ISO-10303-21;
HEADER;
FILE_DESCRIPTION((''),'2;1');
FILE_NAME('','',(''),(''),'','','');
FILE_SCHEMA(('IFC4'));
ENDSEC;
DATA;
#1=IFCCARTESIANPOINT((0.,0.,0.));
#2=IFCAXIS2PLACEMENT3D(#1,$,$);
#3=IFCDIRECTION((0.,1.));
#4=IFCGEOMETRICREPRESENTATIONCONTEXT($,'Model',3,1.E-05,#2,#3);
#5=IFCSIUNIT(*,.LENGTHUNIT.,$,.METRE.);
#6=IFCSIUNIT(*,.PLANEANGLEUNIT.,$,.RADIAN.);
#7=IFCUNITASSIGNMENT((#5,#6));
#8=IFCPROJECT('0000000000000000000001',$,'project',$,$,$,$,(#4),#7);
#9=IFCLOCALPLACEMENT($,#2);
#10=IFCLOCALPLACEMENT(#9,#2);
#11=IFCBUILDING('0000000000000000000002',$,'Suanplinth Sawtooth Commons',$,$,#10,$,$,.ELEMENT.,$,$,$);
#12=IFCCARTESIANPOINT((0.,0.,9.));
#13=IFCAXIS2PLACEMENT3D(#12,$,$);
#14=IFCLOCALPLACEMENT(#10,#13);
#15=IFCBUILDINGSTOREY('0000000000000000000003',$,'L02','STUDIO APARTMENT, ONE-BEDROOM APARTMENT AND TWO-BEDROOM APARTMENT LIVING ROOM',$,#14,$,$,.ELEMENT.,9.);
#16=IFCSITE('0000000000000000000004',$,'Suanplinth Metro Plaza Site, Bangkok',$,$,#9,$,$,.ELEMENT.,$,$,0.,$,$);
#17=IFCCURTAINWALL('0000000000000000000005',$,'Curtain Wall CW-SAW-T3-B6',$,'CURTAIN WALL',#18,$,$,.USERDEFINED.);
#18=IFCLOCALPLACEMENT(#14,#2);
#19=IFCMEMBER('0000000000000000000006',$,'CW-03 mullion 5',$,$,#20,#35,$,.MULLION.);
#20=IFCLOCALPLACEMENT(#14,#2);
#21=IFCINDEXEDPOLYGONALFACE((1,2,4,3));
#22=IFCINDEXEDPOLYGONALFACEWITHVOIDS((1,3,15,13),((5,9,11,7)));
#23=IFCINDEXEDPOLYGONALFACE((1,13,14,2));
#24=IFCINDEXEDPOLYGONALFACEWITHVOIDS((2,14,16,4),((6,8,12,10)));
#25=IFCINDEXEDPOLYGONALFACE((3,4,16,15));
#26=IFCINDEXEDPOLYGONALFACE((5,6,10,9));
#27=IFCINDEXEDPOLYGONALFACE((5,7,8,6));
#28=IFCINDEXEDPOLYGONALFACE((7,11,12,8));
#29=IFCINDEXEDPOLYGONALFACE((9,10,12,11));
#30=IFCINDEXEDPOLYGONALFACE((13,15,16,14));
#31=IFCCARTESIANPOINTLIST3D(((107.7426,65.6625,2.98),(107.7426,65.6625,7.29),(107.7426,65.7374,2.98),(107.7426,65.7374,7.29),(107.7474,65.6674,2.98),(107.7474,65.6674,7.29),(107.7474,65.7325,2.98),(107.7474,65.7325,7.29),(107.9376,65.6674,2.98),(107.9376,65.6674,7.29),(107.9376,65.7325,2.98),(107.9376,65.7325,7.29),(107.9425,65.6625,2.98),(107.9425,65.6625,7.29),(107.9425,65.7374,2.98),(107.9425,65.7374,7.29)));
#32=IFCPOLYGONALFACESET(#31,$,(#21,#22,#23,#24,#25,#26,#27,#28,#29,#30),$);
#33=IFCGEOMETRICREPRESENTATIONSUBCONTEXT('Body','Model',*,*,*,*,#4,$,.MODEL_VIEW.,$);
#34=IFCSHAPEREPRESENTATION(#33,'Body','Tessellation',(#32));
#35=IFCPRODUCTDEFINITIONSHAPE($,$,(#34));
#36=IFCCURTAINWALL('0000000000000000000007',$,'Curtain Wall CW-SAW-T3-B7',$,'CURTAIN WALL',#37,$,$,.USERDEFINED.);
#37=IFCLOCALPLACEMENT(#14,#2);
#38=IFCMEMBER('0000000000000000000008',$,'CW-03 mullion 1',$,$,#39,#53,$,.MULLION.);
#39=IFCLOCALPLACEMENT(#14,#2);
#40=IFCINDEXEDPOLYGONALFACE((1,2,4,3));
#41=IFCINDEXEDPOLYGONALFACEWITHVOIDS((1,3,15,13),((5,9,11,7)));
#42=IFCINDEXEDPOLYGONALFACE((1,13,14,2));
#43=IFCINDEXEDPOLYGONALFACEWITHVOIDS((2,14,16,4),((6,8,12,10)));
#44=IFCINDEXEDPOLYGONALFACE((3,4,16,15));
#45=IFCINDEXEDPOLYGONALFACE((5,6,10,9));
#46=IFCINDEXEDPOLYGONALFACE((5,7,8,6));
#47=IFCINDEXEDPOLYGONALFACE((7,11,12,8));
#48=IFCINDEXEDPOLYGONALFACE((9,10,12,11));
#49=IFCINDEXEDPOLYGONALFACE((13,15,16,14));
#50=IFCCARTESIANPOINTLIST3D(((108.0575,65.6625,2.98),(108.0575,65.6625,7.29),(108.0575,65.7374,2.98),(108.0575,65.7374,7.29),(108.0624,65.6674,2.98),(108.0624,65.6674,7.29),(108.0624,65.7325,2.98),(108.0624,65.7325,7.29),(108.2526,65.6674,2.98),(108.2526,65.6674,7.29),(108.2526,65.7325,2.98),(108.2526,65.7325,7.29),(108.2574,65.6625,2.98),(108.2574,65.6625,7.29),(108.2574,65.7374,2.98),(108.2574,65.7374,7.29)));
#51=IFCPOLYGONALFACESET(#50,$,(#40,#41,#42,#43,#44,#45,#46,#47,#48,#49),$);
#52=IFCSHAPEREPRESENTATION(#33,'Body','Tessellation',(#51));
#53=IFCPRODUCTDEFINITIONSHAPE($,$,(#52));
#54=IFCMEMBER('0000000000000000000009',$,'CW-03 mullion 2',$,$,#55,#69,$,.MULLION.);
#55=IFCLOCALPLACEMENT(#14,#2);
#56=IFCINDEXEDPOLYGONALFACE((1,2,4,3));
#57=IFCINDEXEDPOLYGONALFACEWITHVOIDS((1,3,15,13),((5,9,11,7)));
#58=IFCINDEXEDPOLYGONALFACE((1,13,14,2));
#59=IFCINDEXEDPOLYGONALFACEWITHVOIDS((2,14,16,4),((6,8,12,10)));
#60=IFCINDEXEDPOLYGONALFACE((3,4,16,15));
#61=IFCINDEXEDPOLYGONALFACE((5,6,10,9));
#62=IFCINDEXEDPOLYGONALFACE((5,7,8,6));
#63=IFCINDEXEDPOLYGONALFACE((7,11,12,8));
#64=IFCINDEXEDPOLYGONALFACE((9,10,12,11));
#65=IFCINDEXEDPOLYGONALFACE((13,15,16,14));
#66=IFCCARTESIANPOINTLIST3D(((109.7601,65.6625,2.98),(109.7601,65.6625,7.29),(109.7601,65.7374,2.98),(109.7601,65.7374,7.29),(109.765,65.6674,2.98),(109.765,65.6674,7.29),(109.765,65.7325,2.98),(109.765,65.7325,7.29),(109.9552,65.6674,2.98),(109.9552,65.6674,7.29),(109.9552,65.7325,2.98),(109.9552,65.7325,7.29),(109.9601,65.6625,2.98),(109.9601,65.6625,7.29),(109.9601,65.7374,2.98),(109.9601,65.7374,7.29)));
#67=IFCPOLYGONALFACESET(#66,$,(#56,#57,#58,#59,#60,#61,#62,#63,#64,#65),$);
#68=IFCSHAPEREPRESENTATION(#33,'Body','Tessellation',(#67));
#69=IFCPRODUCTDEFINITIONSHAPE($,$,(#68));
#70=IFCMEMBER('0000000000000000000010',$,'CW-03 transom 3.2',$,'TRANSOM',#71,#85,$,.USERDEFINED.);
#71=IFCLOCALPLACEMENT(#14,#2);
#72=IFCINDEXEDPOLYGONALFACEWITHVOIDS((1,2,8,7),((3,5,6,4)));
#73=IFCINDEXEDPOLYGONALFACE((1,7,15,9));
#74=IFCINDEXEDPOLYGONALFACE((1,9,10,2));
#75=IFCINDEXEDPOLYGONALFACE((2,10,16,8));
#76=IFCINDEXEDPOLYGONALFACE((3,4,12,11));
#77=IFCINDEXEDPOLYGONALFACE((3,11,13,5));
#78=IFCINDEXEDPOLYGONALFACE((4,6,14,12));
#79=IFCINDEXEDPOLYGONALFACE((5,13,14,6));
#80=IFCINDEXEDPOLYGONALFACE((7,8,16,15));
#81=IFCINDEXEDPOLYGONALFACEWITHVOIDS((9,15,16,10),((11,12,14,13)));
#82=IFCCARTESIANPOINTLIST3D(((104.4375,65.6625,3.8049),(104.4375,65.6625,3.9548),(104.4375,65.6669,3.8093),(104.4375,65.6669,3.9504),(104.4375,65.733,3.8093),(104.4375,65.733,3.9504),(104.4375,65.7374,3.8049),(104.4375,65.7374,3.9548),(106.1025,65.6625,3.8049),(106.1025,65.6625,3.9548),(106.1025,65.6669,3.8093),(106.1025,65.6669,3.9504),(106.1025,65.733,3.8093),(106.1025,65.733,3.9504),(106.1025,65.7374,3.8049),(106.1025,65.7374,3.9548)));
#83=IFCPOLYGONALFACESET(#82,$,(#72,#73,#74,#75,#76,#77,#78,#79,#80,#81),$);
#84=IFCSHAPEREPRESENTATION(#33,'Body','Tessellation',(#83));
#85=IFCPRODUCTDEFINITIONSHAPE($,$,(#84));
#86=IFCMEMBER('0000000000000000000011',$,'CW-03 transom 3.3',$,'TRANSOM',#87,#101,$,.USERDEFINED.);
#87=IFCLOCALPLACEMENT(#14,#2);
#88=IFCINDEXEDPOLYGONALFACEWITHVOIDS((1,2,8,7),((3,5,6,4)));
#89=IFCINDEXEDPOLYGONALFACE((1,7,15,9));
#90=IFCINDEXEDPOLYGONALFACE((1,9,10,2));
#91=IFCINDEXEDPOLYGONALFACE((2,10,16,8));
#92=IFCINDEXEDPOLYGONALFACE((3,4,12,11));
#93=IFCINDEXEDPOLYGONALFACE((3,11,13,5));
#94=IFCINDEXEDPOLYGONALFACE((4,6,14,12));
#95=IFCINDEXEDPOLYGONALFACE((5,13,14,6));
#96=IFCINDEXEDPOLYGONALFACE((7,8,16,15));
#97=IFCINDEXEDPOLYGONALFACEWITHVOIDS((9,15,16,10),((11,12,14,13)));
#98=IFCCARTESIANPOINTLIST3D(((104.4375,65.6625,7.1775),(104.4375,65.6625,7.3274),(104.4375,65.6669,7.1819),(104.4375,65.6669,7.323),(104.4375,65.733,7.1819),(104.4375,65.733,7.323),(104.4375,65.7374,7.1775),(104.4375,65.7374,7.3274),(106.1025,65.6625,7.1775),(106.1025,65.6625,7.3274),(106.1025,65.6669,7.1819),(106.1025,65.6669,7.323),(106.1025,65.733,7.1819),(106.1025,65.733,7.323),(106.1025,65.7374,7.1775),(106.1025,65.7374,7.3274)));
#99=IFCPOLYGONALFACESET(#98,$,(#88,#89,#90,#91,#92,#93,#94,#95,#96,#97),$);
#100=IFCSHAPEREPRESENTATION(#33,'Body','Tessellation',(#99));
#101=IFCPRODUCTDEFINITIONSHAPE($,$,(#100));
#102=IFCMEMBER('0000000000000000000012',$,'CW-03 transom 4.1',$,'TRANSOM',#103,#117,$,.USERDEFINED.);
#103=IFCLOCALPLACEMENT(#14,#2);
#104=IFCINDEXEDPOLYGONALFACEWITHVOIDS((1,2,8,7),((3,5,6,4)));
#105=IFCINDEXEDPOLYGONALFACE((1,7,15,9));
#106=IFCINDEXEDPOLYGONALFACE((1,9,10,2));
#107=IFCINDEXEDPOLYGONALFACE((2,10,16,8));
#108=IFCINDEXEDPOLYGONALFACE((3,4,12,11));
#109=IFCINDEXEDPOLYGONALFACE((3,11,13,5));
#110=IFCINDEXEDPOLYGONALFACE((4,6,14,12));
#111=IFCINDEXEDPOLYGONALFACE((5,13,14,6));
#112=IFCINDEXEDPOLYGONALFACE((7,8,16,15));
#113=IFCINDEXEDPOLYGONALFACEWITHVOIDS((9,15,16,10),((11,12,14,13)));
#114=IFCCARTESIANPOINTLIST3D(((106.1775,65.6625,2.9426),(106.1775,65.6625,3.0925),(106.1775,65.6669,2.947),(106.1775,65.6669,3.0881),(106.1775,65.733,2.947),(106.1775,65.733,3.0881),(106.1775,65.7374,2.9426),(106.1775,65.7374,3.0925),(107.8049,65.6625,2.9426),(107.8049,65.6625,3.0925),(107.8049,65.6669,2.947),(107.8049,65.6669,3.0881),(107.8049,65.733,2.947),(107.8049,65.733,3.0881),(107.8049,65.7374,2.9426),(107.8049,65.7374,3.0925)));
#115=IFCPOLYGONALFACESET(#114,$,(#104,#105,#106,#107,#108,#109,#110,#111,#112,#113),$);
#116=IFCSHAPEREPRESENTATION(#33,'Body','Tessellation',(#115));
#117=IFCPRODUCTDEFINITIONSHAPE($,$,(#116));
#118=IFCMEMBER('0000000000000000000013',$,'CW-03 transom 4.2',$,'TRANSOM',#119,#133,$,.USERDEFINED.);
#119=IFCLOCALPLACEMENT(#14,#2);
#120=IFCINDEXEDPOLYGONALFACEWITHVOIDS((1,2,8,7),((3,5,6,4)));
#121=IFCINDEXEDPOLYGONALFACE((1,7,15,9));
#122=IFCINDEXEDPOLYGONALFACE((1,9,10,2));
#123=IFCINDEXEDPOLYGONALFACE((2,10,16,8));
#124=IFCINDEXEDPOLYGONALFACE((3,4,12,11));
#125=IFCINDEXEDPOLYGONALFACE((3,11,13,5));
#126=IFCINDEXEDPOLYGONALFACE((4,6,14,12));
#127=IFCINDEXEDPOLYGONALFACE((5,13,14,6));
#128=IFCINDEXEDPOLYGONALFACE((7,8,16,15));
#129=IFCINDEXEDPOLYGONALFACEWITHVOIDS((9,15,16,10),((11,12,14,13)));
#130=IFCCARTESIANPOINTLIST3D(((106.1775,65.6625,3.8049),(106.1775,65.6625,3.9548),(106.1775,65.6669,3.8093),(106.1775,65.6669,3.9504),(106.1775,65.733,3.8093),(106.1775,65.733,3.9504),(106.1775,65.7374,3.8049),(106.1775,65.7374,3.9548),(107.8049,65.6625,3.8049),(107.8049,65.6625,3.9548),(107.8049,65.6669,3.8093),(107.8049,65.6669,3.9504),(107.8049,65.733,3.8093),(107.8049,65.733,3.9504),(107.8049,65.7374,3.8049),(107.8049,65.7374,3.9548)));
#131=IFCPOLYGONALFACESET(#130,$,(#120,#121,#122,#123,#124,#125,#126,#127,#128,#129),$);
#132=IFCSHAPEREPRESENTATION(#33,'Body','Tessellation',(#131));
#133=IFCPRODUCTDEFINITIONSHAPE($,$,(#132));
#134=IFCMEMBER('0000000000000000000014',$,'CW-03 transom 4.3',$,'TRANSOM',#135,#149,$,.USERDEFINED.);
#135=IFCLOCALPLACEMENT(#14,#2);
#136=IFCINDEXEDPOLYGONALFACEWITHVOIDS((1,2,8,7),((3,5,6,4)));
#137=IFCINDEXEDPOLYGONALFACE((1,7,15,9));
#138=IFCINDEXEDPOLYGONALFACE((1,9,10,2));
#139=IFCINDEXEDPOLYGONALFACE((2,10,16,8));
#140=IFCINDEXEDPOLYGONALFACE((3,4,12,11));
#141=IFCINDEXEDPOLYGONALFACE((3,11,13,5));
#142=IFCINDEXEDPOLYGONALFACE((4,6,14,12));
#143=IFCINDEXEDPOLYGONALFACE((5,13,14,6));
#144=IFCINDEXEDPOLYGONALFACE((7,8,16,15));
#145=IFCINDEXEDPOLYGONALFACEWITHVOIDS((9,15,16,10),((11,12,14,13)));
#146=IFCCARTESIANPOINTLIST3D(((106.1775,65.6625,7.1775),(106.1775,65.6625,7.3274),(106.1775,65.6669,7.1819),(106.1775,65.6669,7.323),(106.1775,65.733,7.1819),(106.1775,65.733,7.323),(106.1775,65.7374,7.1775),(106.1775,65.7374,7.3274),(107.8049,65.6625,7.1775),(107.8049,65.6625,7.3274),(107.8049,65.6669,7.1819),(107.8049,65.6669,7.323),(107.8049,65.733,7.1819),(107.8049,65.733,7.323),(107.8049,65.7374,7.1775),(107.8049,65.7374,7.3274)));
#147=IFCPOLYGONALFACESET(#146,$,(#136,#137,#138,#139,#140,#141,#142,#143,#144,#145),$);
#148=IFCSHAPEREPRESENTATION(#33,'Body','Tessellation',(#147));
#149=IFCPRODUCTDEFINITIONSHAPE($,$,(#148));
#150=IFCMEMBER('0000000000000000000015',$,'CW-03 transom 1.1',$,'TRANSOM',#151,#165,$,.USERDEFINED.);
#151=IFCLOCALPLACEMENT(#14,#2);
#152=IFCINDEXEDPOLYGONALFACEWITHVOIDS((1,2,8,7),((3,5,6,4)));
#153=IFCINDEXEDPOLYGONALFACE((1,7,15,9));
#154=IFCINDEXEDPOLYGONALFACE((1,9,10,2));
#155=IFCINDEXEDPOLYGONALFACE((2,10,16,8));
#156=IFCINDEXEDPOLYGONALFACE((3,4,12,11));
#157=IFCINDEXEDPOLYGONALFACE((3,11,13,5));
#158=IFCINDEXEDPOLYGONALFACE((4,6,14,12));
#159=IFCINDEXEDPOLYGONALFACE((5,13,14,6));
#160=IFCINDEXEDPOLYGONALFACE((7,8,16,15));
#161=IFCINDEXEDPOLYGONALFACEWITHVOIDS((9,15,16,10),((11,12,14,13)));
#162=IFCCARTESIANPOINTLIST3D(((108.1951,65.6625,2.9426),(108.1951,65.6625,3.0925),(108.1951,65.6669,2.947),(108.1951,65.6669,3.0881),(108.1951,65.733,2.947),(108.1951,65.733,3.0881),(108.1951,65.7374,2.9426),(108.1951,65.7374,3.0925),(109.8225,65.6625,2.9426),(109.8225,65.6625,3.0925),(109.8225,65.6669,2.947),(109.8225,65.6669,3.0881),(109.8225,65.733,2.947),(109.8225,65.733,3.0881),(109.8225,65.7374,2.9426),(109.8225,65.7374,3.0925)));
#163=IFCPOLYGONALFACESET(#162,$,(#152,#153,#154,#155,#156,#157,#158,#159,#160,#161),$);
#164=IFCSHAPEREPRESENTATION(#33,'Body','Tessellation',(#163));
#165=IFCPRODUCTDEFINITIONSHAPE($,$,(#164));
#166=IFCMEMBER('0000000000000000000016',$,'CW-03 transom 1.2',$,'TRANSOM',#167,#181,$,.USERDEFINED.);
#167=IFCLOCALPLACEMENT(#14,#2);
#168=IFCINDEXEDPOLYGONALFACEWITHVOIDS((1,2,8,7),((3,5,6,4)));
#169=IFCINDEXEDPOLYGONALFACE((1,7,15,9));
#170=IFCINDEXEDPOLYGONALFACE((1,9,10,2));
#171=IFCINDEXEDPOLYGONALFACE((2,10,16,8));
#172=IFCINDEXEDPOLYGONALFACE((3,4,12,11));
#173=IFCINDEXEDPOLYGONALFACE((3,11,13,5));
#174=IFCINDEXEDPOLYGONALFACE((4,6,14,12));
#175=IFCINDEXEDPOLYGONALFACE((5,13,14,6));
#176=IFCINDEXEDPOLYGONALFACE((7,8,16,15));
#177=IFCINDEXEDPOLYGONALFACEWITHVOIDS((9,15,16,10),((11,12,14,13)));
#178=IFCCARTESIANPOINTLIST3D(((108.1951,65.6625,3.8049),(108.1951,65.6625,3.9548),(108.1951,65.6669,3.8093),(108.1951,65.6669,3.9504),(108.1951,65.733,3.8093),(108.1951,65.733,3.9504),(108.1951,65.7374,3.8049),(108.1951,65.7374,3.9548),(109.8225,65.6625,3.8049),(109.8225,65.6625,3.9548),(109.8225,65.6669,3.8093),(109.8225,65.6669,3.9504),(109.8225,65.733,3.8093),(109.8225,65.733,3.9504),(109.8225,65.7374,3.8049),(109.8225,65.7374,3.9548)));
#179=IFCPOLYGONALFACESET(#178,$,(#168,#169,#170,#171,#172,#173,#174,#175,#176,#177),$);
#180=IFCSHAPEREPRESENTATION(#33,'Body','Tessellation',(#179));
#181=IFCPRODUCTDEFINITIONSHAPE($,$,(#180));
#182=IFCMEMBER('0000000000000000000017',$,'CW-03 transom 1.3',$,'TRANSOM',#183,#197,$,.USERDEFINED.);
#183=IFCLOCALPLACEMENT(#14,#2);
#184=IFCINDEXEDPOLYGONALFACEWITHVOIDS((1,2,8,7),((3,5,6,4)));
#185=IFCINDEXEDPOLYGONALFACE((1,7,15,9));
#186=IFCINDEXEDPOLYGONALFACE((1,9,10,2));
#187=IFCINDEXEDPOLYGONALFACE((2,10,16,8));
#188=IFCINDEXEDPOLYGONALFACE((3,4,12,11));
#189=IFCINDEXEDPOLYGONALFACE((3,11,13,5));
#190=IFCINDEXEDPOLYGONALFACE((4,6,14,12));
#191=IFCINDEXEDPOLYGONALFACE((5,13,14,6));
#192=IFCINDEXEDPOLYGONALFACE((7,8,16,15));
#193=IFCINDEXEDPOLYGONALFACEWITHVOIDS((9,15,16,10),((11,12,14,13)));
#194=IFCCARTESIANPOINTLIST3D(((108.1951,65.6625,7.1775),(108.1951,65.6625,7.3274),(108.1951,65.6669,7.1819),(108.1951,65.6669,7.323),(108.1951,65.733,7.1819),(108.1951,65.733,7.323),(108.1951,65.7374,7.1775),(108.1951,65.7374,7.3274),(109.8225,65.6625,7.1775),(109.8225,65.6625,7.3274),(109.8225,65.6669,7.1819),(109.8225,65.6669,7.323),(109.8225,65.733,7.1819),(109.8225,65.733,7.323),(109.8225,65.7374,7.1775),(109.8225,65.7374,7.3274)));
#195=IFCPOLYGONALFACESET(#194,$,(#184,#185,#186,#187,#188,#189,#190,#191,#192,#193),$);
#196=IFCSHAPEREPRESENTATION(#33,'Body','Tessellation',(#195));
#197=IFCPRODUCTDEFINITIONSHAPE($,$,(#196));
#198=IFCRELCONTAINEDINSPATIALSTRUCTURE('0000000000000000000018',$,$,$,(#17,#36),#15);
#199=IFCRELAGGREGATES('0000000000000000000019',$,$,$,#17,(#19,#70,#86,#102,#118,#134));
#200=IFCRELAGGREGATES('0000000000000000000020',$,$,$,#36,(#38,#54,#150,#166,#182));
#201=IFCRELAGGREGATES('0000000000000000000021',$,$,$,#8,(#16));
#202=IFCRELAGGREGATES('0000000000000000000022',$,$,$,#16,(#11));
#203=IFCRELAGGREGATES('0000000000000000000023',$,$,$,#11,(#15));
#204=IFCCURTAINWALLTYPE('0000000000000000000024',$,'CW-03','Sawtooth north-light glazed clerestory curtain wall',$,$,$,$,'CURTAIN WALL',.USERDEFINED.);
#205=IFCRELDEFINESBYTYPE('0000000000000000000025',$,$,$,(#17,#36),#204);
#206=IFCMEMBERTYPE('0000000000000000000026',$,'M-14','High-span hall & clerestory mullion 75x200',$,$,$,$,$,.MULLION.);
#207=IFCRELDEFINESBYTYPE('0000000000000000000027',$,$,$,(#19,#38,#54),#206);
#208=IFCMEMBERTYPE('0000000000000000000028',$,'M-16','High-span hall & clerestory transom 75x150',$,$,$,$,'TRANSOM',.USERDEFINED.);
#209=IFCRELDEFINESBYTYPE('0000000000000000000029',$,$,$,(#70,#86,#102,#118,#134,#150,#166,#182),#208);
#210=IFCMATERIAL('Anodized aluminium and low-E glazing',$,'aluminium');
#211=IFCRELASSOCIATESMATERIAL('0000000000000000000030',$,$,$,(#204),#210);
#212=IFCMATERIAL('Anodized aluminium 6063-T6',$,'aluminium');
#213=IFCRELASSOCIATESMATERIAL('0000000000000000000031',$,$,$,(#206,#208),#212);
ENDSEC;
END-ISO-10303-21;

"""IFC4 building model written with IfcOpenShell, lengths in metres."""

from ifc_helpers import new_model, si_unit, direction, frame, origin, origin_2d, place, context, subcontext, project, spatial, hollow_rectangle, extrude, material, material_profile, profile_set, type_object, element, aggregate, save


model = new_model("IFC4")

# Units and contexts
model_context = context("Model", 3, precision=1e-05, world=origin(), true_north=direction((0.0, 1.0)))
body_context = subcontext(model_context, "Body", "Model", "MODEL_VIEW")
ifc_project = project(units=[si_unit("LENGTHUNIT", "METRE"), si_unit("PLANEANGLEUNIT", "RADIAN")], contexts=[model_context])

# Site, building, storey
site_placement = place(None, origin())
site = spatial("IfcSite", under=ifc_project, at=site_placement, Name="Suanplinth Metro Plaza Site, Bangkok", CompositionType="ELEMENT", RefElevation=0.0)
building_placement = place(site_placement, origin())
building = spatial("IfcBuilding", under=site, at=building_placement, Name="Suanplinth Sawtooth Commons", CompositionType="ELEMENT")
storey_placement = place(building_placement, frame((0.0, 0.0, 9.0)))
storey = spatial("IfcBuildingStorey", under=building, at=storey_placement, Name="L02", Description="STUDIO APARTMENT, ONE-BEDROOM APARTMENT AND TWO-BEDROOM APARTMENT LIVING ROOM", CompositionType="ELEMENT", Elevation=9.0)

# Curtain walls, members
ifc_material_1 = material(Name="Anodized aluminium and low-E glazing", Category="aluminium")
curtain_wall_type = type_object("IfcCurtainWallType", Name="CW-03", Description="Sawtooth north-light glazed clerestory curtain wall", ElementType="CURTAIN WALL", PredefinedType="USERDEFINED", material=ifc_material_1)
curtain_wall_1_placement = place(storey_placement, origin())
curtain_wall_1 = element("IfcCurtainWall", 1, at=curtain_wall_1_placement, inside=storey, type_object=curtain_wall_type, Name="Curtain Wall CW-SAW-T3-B6", ObjectType="CURTAIN WALL", PredefinedType="USERDEFINED")
ifc_material_2 = material(Name="Anodized aluminium 6063-T6", Category="aluminium")
ifc_material_profile_1 = material_profile(ifc_material_2, hollow_rectangle(XDim=0.075, YDim=0.2, WallThickness=0.0049, at=origin_2d()), Name="ALU-MUL 75x200")
ifc_profile_set_1 = profile_set([ifc_material_profile_1], Name="Anodized aluminium 6063-T6")
member_type_1 = type_object("IfcMemberType", Name="M-14", Description="High-span hall & clerestory mullion 75x200", PredefinedType="MULLION", material=ifc_profile_set_1)
member_1_placement = place(storey_placement, frame((107.8425, 65.7, 2.98), z_axis=(0.0, 0.0, 1.0), x_axis=(0.0, 1.0, 0.0)))
member_1 = element("IfcMember", 2, at=member_1_placement, type_object=member_type_1, Name="CW-03 mullion 5", PredefinedType="MULLION", context=body_context, shape_type="SweptSolid", body=[
    extrude(hollow_rectangle(XDim=0.075, YDim=0.2, WallThickness=0.0049, at=origin_2d()), origin(), (0.0, 0.0, 1.0), 4.3101),
])
curtain_wall_2_placement = place(storey_placement, origin())
curtain_wall_2 = element("IfcCurtainWall", 3, at=curtain_wall_2_placement, inside=storey, type_object=curtain_wall_type, Name="Curtain Wall CW-SAW-T3-B7", ObjectType="CURTAIN WALL", PredefinedType="USERDEFINED")
member_2_placement = place(storey_placement, frame((108.1575, 65.7, 2.98), z_axis=(0.0, 0.0, 1.0), x_axis=(0.0, 1.0, 0.0)))
member_2 = element("IfcMember", 4, at=member_2_placement, type_object=member_type_1, Name="CW-03 mullion 1", PredefinedType="MULLION", context=body_context, shape_type="SweptSolid", body=[
    extrude(hollow_rectangle(XDim=0.075, YDim=0.2, WallThickness=0.0049, at=origin_2d()), origin(), (0.0, 0.0, 1.0), 4.3101),
])
member_3_placement = place(storey_placement, frame((109.8601, 65.7, 2.98), z_axis=(0.0, 0.0, 1.0), x_axis=(0.0, 1.0, 0.0)))
member_3 = element("IfcMember", 5, at=member_3_placement, type_object=member_type_1, Name="CW-03 mullion 2", PredefinedType="MULLION", context=body_context, shape_type="SweptSolid", body=[
    extrude(hollow_rectangle(XDim=0.075, YDim=0.2, WallThickness=0.0049, at=origin_2d()), origin(), (0.0, 0.0, 1.0), 4.3101),
])

# Members
ifc_material_profile_2 = material_profile(ifc_material_2, hollow_rectangle(XDim=0.075, YDim=0.1499, WallThickness=0.0044, at=origin_2d()), Name="ALU-TRN 75x150")
ifc_profile_set_2 = profile_set([ifc_material_profile_2], Name="Anodized aluminium 6063-T6")
member_type_2 = type_object("IfcMemberType", Name="M-16", Description="High-span hall & clerestory transom 75x150", ElementType="TRANSOM", PredefinedType="USERDEFINED", material=ifc_profile_set_2)
member_4_placement = place(storey_placement, frame((104.4375, 65.7, 3.8799), z_axis=(1.0, 0.0, 0.0), x_axis=(0.0, 1.0, 0.0)))
member_4 = element("IfcMember", 6, at=member_4_placement, type_object=member_type_2, Name="CW-03 transom 3.2", ObjectType="TRANSOM", PredefinedType="USERDEFINED", context=body_context, shape_type="SweptSolid", body=[
    extrude(hollow_rectangle(XDim=0.075, YDim=0.1499, WallThickness=0.0044, at=origin_2d()), origin(), (0.0, 0.0, 1.0), 1.665),
])
member_5_placement = place(storey_placement, frame((104.4375, 65.7, 7.2524), z_axis=(1.0, 0.0, 0.0), x_axis=(0.0, 1.0, 0.0)))
member_5 = element("IfcMember", 7, at=member_5_placement, type_object=member_type_2, Name="CW-03 transom 3.3", ObjectType="TRANSOM", PredefinedType="USERDEFINED", context=body_context, shape_type="SweptSolid", body=[
    extrude(hollow_rectangle(XDim=0.075, YDim=0.1499, WallThickness=0.0044, at=origin_2d()), origin(), (0.0, 0.0, 1.0), 1.665),
])
member_6_placement = place(storey_placement, frame((106.1775, 65.7, 3.0176), z_axis=(1.0, 0.0, 0.0), x_axis=(0.0, 1.0, 0.0)))
member_6 = element("IfcMember", 8, at=member_6_placement, type_object=member_type_2, Name="CW-03 transom 4.1", ObjectType="TRANSOM", PredefinedType="USERDEFINED", context=body_context, shape_type="SweptSolid", body=[
    extrude(hollow_rectangle(XDim=0.075, YDim=0.1499, WallThickness=0.0044, at=origin_2d()), origin(), (0.0, 0.0, 1.0), 1.6274),
])
member_7_placement = place(storey_placement, frame((106.1775, 65.7, 3.8799), z_axis=(1.0, 0.0, 0.0), x_axis=(0.0, 1.0, 0.0)))
member_7 = element("IfcMember", 9, at=member_7_placement, type_object=member_type_2, Name="CW-03 transom 4.2", ObjectType="TRANSOM", PredefinedType="USERDEFINED", context=body_context, shape_type="SweptSolid", body=[
    extrude(hollow_rectangle(XDim=0.075, YDim=0.1499, WallThickness=0.0044, at=origin_2d()), origin(), (0.0, 0.0, 1.0), 1.6274),
])
member_8_placement = place(storey_placement, frame((106.1775, 65.7, 7.2524), z_axis=(1.0, 0.0, 0.0), x_axis=(0.0, 1.0, 0.0)))
member_8 = element("IfcMember", 10, at=member_8_placement, type_object=member_type_2, Name="CW-03 transom 4.3", ObjectType="TRANSOM", PredefinedType="USERDEFINED", context=body_context, shape_type="SweptSolid", body=[
    extrude(hollow_rectangle(XDim=0.075, YDim=0.1499, WallThickness=0.0044, at=origin_2d()), origin(), (0.0, 0.0, 1.0), 1.6274),
])
member_9_placement = place(storey_placement, frame((108.1951, 65.7, 3.0176), z_axis=(1.0, 0.0, 0.0), x_axis=(0.0, 1.0, 0.0)))
member_9 = element("IfcMember", 11, at=member_9_placement, type_object=member_type_2, Name="CW-03 transom 1.1", ObjectType="TRANSOM", PredefinedType="USERDEFINED", context=body_context, shape_type="SweptSolid", body=[
    extrude(hollow_rectangle(XDim=0.075, YDim=0.1499, WallThickness=0.0044, at=origin_2d()), origin(), (0.0, 0.0, 1.0), 1.6274),
])
member_10_placement = place(storey_placement, frame((108.1951, 65.7, 3.8799), z_axis=(1.0, 0.0, 0.0), x_axis=(0.0, 1.0, 0.0)))
member_10 = element("IfcMember", 12, at=member_10_placement, type_object=member_type_2, Name="CW-03 transom 1.2", ObjectType="TRANSOM", PredefinedType="USERDEFINED", context=body_context, shape_type="SweptSolid", body=[
    extrude(hollow_rectangle(XDim=0.075, YDim=0.1499, WallThickness=0.0044, at=origin_2d()), origin(), (0.0, 0.0, 1.0), 1.6274),
])
member_11_placement = place(storey_placement, frame((108.1951, 65.7, 7.2524), z_axis=(1.0, 0.0, 0.0), x_axis=(0.0, 1.0, 0.0)))
member_11 = element("IfcMember", 13, at=member_11_placement, type_object=member_type_2, Name="CW-03 transom 1.3", ObjectType="TRANSOM", PredefinedType="USERDEFINED", context=body_context, shape_type="SweptSolid", body=[
    extrude(hollow_rectangle(XDim=0.075, YDim=0.1499, WallThickness=0.0044, at=origin_2d()), origin(), (0.0, 0.0, 1.0), 1.6274),
])

aggregate(curtain_wall_1, [member_1, member_4, member_5, member_6, member_7, member_8])
aggregate(curtain_wall_2, [member_2, member_3, member_9, member_10, member_11])

save(model, "model.ifc")
